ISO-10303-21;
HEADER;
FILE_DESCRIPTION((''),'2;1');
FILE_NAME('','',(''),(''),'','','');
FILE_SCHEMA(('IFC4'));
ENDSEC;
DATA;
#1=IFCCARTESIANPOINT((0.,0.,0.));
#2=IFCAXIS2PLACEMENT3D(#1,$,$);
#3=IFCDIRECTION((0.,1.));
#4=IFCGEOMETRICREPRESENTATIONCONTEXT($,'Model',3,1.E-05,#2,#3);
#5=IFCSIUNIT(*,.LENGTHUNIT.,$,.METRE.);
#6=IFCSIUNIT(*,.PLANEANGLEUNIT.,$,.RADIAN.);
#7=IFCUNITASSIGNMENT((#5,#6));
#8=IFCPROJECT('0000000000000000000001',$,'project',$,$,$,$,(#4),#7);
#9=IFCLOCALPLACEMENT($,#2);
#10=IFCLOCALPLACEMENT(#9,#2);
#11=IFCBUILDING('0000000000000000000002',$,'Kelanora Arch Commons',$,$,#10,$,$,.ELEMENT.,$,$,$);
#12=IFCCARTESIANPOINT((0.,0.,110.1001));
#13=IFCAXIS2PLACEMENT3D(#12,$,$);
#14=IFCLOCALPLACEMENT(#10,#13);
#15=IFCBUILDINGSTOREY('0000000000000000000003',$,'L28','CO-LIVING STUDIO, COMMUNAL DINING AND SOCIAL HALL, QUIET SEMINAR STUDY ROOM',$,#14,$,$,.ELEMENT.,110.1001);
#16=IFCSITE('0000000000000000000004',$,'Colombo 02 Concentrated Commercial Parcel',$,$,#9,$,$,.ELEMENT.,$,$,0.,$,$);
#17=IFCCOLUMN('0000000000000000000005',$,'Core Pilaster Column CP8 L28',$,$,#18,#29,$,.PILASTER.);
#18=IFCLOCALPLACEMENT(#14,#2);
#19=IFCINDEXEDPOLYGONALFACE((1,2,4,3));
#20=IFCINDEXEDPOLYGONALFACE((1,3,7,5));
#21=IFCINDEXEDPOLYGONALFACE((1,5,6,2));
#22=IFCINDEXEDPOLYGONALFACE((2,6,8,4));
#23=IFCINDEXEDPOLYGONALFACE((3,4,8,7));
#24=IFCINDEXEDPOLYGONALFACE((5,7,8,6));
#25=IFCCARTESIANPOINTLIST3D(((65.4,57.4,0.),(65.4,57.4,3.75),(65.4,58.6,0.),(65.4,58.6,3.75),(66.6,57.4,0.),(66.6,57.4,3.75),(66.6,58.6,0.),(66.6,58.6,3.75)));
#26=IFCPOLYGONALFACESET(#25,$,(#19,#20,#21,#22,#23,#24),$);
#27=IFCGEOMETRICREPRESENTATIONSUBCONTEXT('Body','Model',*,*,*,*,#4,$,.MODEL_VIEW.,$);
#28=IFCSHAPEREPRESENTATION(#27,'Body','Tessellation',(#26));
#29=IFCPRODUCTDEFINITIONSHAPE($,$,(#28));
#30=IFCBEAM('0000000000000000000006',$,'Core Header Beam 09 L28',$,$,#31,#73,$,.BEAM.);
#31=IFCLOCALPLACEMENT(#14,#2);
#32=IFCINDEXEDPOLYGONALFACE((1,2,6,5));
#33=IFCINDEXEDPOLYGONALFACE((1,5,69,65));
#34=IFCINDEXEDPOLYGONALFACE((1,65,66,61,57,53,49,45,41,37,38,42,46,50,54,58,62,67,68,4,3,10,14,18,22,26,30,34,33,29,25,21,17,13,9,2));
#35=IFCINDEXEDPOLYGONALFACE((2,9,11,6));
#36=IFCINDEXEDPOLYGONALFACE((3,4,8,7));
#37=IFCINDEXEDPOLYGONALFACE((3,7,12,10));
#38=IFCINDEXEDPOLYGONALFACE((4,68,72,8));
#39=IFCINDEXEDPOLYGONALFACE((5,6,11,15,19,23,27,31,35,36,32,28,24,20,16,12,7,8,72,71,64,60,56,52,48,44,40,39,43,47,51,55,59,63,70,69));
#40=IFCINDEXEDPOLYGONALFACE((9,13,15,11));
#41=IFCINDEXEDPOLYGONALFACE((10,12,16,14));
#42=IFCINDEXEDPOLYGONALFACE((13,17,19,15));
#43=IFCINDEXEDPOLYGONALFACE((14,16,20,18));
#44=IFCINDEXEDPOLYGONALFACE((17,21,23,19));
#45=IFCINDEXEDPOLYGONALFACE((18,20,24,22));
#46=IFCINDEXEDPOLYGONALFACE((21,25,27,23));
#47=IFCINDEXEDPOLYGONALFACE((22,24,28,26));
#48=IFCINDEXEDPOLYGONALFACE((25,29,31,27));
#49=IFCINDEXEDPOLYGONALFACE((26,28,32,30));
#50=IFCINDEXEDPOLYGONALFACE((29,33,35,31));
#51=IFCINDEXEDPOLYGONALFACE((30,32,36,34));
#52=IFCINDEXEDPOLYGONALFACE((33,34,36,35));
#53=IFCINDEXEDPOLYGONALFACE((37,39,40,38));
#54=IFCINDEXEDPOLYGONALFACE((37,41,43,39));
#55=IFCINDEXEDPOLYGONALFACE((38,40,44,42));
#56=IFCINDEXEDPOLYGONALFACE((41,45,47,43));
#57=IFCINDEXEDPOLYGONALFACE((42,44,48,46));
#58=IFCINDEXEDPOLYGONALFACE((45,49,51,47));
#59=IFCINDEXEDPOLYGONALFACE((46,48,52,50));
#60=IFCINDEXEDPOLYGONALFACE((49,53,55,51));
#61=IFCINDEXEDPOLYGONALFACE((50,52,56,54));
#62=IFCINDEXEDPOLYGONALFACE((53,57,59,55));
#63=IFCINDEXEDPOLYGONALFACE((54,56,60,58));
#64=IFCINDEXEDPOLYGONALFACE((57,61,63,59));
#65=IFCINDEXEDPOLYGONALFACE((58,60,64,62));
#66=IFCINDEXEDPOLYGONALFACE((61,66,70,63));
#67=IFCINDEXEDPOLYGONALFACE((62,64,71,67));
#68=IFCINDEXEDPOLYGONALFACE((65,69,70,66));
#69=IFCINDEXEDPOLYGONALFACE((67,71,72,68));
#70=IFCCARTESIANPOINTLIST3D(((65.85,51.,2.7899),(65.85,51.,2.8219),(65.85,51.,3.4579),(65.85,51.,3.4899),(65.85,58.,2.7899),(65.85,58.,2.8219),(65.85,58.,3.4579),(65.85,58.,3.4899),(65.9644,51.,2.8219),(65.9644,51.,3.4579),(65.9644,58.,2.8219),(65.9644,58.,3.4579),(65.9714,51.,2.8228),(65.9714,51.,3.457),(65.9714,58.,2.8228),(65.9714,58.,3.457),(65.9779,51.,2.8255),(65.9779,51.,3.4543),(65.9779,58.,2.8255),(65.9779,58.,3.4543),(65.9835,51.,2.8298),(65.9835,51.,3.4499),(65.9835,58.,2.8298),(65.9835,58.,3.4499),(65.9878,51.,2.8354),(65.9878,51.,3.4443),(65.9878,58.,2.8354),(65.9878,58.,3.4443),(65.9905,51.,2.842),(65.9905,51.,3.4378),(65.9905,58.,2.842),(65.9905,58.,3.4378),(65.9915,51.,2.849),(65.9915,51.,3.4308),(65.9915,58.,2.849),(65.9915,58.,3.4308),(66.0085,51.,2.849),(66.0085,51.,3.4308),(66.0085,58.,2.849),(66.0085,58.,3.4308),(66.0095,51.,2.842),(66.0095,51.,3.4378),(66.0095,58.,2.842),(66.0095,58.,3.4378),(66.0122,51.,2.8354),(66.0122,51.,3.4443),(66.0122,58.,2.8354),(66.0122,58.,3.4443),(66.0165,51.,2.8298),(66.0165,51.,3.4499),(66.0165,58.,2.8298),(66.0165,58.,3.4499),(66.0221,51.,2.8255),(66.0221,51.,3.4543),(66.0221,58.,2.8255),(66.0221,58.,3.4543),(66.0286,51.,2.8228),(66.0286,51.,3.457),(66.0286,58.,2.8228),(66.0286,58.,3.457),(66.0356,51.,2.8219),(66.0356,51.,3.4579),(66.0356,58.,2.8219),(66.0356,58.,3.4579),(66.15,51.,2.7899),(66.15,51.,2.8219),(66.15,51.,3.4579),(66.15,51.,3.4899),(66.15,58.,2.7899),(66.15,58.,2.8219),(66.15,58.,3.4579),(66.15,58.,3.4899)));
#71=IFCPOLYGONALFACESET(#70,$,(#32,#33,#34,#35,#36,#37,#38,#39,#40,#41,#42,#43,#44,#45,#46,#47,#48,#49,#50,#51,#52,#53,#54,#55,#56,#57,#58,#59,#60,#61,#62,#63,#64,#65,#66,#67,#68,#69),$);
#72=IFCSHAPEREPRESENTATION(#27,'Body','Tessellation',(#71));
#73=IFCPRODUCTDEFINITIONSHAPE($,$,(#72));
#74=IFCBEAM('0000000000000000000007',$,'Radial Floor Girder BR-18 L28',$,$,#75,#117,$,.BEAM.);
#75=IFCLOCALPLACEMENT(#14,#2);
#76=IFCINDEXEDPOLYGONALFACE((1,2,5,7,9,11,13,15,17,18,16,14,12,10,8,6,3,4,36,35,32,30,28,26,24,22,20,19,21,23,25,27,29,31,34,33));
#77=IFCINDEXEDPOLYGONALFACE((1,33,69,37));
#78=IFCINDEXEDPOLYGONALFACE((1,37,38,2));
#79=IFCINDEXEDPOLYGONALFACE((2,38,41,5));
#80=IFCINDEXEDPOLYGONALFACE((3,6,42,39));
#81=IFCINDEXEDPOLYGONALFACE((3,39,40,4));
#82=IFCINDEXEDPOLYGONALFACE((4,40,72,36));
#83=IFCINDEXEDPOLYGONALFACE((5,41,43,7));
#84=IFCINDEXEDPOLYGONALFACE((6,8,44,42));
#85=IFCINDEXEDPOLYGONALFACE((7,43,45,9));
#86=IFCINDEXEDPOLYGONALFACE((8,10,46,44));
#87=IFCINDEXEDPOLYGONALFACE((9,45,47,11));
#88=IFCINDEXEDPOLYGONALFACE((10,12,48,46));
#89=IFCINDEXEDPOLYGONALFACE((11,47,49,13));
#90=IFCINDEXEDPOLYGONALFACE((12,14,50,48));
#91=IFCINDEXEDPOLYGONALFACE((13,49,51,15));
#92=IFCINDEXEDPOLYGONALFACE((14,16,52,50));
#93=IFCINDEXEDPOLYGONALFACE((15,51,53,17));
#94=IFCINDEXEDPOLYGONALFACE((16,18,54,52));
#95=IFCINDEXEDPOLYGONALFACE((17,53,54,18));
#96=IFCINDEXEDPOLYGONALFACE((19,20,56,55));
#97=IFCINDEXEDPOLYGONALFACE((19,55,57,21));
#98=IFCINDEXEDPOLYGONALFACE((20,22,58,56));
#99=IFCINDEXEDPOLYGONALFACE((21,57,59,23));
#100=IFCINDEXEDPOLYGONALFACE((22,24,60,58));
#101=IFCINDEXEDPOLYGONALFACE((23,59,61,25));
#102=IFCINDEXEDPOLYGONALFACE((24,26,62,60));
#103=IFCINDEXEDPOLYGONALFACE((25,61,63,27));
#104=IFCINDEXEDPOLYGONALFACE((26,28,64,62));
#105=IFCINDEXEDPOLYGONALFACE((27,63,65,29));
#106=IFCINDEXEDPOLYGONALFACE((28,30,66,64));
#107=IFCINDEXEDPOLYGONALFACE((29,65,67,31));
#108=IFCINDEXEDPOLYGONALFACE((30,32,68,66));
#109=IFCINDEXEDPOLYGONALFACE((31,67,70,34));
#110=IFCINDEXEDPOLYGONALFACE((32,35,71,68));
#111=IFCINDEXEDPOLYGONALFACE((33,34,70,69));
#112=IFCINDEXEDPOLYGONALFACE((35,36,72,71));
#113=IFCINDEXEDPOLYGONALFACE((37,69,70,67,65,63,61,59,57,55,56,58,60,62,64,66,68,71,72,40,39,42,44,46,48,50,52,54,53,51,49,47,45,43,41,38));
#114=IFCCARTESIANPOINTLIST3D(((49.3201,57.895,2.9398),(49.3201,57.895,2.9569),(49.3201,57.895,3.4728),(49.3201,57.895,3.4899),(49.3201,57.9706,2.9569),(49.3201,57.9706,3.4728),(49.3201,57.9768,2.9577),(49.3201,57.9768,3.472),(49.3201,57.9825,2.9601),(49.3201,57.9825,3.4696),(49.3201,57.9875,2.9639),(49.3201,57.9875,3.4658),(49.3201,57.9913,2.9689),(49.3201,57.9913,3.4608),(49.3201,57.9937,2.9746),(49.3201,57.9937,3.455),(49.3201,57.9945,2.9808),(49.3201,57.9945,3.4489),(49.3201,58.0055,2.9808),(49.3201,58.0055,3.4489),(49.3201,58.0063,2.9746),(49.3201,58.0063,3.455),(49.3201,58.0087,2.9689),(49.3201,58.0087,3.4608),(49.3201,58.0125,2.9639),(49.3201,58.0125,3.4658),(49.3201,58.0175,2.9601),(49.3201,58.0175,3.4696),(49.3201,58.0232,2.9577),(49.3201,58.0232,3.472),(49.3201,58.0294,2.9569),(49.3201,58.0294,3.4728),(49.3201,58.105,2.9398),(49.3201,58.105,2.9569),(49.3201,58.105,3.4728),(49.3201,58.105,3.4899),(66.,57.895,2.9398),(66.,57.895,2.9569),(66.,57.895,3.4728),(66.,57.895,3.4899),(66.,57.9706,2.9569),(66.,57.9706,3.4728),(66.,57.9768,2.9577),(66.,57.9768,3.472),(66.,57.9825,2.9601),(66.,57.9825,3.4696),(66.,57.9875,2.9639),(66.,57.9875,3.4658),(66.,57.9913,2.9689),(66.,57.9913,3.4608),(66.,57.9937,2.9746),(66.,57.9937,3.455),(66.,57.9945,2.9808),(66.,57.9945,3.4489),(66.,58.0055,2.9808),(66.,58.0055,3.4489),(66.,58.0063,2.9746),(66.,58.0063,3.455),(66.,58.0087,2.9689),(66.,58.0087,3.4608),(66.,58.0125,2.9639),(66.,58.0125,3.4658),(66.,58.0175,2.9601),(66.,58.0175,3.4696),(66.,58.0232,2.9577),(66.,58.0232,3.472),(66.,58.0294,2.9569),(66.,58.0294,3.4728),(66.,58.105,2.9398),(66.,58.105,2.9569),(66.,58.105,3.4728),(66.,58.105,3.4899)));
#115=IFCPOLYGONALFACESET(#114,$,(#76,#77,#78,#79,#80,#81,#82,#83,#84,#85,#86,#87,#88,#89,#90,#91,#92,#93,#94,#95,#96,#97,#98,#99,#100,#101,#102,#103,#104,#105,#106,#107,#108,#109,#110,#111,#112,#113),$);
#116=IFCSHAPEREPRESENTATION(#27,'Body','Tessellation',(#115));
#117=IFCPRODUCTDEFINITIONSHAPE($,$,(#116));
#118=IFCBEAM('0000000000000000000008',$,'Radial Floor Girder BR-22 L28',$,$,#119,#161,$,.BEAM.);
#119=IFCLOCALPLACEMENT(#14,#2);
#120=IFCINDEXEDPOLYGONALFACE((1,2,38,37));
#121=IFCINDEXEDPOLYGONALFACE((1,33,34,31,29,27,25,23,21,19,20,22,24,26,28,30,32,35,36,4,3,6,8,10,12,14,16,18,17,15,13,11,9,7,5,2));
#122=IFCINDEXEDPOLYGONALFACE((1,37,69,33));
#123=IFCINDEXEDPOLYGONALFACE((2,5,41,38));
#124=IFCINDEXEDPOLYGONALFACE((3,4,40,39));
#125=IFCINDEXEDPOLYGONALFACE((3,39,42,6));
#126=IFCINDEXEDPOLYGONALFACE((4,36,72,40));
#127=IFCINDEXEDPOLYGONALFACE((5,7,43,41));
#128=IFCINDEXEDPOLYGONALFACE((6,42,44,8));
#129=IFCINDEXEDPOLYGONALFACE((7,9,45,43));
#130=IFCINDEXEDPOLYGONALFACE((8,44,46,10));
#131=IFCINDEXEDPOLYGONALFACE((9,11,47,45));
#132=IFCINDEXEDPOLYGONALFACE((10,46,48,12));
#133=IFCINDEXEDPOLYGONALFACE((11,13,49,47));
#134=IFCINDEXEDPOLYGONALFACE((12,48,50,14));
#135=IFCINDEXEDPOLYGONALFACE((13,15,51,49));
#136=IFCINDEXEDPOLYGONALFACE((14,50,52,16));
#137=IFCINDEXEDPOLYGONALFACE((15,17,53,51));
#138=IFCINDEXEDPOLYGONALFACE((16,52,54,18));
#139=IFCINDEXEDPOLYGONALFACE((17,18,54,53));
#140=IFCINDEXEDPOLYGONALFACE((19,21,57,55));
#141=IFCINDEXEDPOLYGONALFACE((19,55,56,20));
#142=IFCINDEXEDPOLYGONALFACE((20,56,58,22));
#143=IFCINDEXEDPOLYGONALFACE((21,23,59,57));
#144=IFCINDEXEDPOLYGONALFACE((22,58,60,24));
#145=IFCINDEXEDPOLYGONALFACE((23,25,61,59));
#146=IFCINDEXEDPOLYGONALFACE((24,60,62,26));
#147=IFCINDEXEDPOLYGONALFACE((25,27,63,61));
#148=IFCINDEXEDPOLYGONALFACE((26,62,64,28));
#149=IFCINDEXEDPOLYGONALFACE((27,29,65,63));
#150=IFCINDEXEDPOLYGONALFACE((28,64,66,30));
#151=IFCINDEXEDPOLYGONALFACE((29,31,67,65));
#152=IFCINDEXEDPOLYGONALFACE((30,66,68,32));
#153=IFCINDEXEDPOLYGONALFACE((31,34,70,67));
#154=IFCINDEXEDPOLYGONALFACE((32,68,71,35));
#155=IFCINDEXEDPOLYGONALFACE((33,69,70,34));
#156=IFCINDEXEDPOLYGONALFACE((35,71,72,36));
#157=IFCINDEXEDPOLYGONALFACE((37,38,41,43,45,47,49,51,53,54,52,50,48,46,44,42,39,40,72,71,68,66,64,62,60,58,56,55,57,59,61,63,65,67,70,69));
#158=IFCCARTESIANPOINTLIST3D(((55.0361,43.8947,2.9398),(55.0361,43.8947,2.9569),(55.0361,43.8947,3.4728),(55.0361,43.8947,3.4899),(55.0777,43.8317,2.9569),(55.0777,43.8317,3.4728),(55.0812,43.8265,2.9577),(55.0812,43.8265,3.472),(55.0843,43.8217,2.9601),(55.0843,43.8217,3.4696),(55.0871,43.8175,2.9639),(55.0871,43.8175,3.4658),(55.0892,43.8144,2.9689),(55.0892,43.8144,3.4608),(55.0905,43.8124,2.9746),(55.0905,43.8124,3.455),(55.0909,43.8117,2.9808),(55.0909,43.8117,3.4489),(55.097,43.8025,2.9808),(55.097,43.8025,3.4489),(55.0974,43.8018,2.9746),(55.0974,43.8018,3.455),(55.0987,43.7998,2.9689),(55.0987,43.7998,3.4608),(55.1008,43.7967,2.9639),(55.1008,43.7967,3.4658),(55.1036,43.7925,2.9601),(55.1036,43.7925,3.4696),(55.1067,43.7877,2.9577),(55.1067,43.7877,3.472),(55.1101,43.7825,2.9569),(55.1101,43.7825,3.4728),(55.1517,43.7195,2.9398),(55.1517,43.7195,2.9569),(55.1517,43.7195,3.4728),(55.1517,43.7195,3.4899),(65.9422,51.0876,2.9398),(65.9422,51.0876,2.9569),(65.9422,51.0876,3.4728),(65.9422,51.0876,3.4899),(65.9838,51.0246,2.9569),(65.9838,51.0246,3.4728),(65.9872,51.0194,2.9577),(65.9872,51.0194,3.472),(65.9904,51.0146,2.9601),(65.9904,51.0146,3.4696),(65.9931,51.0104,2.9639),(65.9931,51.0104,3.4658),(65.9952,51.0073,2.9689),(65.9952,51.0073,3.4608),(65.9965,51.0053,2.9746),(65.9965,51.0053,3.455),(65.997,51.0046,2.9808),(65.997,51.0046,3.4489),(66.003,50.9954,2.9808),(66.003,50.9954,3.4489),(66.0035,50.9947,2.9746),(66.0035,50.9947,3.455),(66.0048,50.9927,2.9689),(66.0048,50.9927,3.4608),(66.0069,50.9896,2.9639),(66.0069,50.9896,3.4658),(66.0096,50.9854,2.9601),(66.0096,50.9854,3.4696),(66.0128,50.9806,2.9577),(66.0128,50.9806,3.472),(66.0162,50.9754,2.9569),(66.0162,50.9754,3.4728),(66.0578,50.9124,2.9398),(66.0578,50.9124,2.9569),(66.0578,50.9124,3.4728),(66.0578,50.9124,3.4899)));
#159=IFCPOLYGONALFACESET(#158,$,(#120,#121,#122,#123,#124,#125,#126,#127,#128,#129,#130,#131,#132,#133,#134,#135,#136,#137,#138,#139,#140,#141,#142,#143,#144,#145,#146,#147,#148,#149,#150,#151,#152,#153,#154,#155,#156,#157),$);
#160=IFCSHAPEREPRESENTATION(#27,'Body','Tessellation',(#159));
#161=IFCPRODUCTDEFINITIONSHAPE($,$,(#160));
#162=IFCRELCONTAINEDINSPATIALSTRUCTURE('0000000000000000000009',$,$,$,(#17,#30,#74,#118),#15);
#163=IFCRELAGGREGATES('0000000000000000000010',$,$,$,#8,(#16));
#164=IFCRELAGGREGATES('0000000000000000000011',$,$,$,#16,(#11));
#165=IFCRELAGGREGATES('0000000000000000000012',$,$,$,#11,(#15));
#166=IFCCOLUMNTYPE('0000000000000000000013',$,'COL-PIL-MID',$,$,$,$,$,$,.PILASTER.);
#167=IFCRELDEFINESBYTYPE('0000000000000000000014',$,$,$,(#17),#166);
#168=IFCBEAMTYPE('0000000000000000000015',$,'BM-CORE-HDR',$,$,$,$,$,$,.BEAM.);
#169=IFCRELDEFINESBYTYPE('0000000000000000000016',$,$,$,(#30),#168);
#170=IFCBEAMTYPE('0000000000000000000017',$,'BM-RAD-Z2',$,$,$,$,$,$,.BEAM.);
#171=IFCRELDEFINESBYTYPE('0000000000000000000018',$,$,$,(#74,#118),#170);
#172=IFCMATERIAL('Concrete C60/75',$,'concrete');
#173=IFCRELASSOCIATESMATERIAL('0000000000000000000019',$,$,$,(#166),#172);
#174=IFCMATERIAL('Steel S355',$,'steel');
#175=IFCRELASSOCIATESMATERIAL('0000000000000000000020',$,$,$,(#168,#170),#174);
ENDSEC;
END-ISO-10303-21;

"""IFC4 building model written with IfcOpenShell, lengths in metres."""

from ifc_helpers import new_model, si_unit, direction, frame, origin, origin_2d, place, context, subcontext, project, spatial, rectangle, i_section, extrude, material, material_profile, profile_set, type_object, element, save


model = new_model("IFC4")

# Units and contexts
model_context = context("Model", 3, precision=1e-05, world=origin(), true_north=direction((0.0, 1.0)))
body_context = subcontext(model_context, "Body", "Model", "MODEL_VIEW")
ifc_project = project(units=[si_unit("LENGTHUNIT", "METRE"), si_unit("PLANEANGLEUNIT", "RADIAN")], contexts=[model_context])

# Site, building, storey
site_placement = place(None, origin())
site = spatial("IfcSite", under=ifc_project, at=site_placement, Name="Colombo 02 Concentrated Commercial Parcel", CompositionType="ELEMENT", RefElevation=0.0)
building_placement = place(site_placement, origin())
building = spatial("IfcBuilding", under=site, at=building_placement, Name="Kelanora Arch Commons", CompositionType="ELEMENT")
storey_placement = place(building_placement, frame((0.0, 0.0, 110.1001)))
storey = spatial("IfcBuildingStorey", under=building, at=storey_placement, Name="L28", Description="CO-LIVING STUDIO, COMMUNAL DINING AND SOCIAL HALL, QUIET SEMINAR STUDY ROOM", CompositionType="ELEMENT", Elevation=110.1001)

# Column
ifc_material_1 = material(Name="Concrete C60/75", Category="concrete")
ifc_material_profile_1 = material_profile(ifc_material_1, rectangle(XDim=1.2, YDim=1.2, at=origin_2d()), Name="RC1200x1200")
ifc_profile_set_1 = profile_set([ifc_material_profile_1], Name="Concrete C60/75")
column_type = type_object("IfcColumnType", Name="COL-PIL-MID", PredefinedType="PILASTER", material=ifc_profile_set_1)
column_placement = place(storey_placement, frame((66.0, 58.0, 0.0), z_axis=(0.0, 0.0, 1.0), x_axis=(1.0, 0.0, 0.0)))
element("IfcColumn", 1, at=column_placement, inside=storey, type_object=column_type, Name="Core Pilaster Column CP8 L28", PredefinedType="PILASTER", context=body_context, shape_type="SweptSolid", body=[
    extrude(rectangle(XDim=1.2, YDim=1.2, at=origin_2d()), origin(), (0.0, 0.0, 1.0), 3.75),
])

# Beams
ifc_material_2 = material(Name="Steel S355", Category="steel")
ifc_material_profile_2 = material_profile(ifc_material_2, i_section(OverallWidth=0.3, OverallDepth=0.7, WebThickness=0.0171, FlangeThickness=0.032, FilletRadius=0.0271, at=origin_2d()), Name="HEB700")
ifc_profile_set_2 = profile_set([ifc_material_profile_2], Name="Steel S355")
beam_type_1 = type_object("IfcBeamType", Name="BM-CORE-HDR", PredefinedType="BEAM", material=ifc_profile_set_2)
beam_1_placement = place(storey_placement, frame((66.0, 58.0, 3.1399), z_axis=(0.0, -1.0, 0.0), x_axis=(1.0, 0.0, 0.0)))
element("IfcBeam", 2, at=beam_1_placement, inside=storey, type_object=beam_type_1, Name="Core Header Beam 09 L28", PredefinedType="BEAM", context=body_context, shape_type="SweptSolid", body=[
    extrude(i_section(OverallWidth=0.3, OverallDepth=0.7, WebThickness=0.0171, FlangeThickness=0.032, FilletRadius=0.0271, at=origin_2d()), origin(), (0.0, 0.0, 1.0), 7.0),
])
ifc_material_profile_3 = material_profile(ifc_material_2, i_section(OverallWidth=0.21, OverallDepth=0.55, WebThickness=0.011, FlangeThickness=0.0171, FilletRadius=0.0239, at=origin_2d()), Name="IPE550")
ifc_profile_set_3 = profile_set([ifc_material_profile_3], Name="Steel S355")
beam_type_2 = type_object("IfcBeamType", Name="BM-RAD-Z2", PredefinedType="BEAM", material=ifc_profile_set_3)
beam_2_placement = place(storey_placement, frame((66.0, 58.0, 3.2148), z_axis=(-1.0, 0.0, 0.0), x_axis=(0.0, -1.0, 0.0)))
element("IfcBeam", 3, at=beam_2_placement, inside=storey, type_object=beam_type_2, Name="Radial Floor Girder BR-18 L28", PredefinedType="BEAM", context=body_context, shape_type="SweptSolid", body=[
    extrude(i_section(OverallWidth=0.21, OverallDepth=0.55, WebThickness=0.011, FlangeThickness=0.0171, FilletRadius=0.0239, at=origin_2d()), origin(), (0.0, 0.0, 1.0), 16.6799),
])
beam_3_placement = place(storey_placement, frame((66.0, 51.0, 3.2148), z_axis=(-0.834789, -0.550571, 0.0), x_axis=(0.550571, -0.834789, 0.0)))
element("IfcBeam", 4, at=beam_3_placement, inside=storey, type_object=beam_type_2, Name="Radial Floor Girder BR-22 L28", PredefinedType="BEAM", context=body_context, shape_type="SweptSolid", body=[
    extrude(i_section(OverallWidth=0.21, OverallDepth=0.55, WebThickness=0.011, FlangeThickness=0.0171, FilletRadius=0.0239, at=origin_2d()), origin(), (0.0, 0.0, 1.0), 13.0645),
])

save(model, "model.ifc")
